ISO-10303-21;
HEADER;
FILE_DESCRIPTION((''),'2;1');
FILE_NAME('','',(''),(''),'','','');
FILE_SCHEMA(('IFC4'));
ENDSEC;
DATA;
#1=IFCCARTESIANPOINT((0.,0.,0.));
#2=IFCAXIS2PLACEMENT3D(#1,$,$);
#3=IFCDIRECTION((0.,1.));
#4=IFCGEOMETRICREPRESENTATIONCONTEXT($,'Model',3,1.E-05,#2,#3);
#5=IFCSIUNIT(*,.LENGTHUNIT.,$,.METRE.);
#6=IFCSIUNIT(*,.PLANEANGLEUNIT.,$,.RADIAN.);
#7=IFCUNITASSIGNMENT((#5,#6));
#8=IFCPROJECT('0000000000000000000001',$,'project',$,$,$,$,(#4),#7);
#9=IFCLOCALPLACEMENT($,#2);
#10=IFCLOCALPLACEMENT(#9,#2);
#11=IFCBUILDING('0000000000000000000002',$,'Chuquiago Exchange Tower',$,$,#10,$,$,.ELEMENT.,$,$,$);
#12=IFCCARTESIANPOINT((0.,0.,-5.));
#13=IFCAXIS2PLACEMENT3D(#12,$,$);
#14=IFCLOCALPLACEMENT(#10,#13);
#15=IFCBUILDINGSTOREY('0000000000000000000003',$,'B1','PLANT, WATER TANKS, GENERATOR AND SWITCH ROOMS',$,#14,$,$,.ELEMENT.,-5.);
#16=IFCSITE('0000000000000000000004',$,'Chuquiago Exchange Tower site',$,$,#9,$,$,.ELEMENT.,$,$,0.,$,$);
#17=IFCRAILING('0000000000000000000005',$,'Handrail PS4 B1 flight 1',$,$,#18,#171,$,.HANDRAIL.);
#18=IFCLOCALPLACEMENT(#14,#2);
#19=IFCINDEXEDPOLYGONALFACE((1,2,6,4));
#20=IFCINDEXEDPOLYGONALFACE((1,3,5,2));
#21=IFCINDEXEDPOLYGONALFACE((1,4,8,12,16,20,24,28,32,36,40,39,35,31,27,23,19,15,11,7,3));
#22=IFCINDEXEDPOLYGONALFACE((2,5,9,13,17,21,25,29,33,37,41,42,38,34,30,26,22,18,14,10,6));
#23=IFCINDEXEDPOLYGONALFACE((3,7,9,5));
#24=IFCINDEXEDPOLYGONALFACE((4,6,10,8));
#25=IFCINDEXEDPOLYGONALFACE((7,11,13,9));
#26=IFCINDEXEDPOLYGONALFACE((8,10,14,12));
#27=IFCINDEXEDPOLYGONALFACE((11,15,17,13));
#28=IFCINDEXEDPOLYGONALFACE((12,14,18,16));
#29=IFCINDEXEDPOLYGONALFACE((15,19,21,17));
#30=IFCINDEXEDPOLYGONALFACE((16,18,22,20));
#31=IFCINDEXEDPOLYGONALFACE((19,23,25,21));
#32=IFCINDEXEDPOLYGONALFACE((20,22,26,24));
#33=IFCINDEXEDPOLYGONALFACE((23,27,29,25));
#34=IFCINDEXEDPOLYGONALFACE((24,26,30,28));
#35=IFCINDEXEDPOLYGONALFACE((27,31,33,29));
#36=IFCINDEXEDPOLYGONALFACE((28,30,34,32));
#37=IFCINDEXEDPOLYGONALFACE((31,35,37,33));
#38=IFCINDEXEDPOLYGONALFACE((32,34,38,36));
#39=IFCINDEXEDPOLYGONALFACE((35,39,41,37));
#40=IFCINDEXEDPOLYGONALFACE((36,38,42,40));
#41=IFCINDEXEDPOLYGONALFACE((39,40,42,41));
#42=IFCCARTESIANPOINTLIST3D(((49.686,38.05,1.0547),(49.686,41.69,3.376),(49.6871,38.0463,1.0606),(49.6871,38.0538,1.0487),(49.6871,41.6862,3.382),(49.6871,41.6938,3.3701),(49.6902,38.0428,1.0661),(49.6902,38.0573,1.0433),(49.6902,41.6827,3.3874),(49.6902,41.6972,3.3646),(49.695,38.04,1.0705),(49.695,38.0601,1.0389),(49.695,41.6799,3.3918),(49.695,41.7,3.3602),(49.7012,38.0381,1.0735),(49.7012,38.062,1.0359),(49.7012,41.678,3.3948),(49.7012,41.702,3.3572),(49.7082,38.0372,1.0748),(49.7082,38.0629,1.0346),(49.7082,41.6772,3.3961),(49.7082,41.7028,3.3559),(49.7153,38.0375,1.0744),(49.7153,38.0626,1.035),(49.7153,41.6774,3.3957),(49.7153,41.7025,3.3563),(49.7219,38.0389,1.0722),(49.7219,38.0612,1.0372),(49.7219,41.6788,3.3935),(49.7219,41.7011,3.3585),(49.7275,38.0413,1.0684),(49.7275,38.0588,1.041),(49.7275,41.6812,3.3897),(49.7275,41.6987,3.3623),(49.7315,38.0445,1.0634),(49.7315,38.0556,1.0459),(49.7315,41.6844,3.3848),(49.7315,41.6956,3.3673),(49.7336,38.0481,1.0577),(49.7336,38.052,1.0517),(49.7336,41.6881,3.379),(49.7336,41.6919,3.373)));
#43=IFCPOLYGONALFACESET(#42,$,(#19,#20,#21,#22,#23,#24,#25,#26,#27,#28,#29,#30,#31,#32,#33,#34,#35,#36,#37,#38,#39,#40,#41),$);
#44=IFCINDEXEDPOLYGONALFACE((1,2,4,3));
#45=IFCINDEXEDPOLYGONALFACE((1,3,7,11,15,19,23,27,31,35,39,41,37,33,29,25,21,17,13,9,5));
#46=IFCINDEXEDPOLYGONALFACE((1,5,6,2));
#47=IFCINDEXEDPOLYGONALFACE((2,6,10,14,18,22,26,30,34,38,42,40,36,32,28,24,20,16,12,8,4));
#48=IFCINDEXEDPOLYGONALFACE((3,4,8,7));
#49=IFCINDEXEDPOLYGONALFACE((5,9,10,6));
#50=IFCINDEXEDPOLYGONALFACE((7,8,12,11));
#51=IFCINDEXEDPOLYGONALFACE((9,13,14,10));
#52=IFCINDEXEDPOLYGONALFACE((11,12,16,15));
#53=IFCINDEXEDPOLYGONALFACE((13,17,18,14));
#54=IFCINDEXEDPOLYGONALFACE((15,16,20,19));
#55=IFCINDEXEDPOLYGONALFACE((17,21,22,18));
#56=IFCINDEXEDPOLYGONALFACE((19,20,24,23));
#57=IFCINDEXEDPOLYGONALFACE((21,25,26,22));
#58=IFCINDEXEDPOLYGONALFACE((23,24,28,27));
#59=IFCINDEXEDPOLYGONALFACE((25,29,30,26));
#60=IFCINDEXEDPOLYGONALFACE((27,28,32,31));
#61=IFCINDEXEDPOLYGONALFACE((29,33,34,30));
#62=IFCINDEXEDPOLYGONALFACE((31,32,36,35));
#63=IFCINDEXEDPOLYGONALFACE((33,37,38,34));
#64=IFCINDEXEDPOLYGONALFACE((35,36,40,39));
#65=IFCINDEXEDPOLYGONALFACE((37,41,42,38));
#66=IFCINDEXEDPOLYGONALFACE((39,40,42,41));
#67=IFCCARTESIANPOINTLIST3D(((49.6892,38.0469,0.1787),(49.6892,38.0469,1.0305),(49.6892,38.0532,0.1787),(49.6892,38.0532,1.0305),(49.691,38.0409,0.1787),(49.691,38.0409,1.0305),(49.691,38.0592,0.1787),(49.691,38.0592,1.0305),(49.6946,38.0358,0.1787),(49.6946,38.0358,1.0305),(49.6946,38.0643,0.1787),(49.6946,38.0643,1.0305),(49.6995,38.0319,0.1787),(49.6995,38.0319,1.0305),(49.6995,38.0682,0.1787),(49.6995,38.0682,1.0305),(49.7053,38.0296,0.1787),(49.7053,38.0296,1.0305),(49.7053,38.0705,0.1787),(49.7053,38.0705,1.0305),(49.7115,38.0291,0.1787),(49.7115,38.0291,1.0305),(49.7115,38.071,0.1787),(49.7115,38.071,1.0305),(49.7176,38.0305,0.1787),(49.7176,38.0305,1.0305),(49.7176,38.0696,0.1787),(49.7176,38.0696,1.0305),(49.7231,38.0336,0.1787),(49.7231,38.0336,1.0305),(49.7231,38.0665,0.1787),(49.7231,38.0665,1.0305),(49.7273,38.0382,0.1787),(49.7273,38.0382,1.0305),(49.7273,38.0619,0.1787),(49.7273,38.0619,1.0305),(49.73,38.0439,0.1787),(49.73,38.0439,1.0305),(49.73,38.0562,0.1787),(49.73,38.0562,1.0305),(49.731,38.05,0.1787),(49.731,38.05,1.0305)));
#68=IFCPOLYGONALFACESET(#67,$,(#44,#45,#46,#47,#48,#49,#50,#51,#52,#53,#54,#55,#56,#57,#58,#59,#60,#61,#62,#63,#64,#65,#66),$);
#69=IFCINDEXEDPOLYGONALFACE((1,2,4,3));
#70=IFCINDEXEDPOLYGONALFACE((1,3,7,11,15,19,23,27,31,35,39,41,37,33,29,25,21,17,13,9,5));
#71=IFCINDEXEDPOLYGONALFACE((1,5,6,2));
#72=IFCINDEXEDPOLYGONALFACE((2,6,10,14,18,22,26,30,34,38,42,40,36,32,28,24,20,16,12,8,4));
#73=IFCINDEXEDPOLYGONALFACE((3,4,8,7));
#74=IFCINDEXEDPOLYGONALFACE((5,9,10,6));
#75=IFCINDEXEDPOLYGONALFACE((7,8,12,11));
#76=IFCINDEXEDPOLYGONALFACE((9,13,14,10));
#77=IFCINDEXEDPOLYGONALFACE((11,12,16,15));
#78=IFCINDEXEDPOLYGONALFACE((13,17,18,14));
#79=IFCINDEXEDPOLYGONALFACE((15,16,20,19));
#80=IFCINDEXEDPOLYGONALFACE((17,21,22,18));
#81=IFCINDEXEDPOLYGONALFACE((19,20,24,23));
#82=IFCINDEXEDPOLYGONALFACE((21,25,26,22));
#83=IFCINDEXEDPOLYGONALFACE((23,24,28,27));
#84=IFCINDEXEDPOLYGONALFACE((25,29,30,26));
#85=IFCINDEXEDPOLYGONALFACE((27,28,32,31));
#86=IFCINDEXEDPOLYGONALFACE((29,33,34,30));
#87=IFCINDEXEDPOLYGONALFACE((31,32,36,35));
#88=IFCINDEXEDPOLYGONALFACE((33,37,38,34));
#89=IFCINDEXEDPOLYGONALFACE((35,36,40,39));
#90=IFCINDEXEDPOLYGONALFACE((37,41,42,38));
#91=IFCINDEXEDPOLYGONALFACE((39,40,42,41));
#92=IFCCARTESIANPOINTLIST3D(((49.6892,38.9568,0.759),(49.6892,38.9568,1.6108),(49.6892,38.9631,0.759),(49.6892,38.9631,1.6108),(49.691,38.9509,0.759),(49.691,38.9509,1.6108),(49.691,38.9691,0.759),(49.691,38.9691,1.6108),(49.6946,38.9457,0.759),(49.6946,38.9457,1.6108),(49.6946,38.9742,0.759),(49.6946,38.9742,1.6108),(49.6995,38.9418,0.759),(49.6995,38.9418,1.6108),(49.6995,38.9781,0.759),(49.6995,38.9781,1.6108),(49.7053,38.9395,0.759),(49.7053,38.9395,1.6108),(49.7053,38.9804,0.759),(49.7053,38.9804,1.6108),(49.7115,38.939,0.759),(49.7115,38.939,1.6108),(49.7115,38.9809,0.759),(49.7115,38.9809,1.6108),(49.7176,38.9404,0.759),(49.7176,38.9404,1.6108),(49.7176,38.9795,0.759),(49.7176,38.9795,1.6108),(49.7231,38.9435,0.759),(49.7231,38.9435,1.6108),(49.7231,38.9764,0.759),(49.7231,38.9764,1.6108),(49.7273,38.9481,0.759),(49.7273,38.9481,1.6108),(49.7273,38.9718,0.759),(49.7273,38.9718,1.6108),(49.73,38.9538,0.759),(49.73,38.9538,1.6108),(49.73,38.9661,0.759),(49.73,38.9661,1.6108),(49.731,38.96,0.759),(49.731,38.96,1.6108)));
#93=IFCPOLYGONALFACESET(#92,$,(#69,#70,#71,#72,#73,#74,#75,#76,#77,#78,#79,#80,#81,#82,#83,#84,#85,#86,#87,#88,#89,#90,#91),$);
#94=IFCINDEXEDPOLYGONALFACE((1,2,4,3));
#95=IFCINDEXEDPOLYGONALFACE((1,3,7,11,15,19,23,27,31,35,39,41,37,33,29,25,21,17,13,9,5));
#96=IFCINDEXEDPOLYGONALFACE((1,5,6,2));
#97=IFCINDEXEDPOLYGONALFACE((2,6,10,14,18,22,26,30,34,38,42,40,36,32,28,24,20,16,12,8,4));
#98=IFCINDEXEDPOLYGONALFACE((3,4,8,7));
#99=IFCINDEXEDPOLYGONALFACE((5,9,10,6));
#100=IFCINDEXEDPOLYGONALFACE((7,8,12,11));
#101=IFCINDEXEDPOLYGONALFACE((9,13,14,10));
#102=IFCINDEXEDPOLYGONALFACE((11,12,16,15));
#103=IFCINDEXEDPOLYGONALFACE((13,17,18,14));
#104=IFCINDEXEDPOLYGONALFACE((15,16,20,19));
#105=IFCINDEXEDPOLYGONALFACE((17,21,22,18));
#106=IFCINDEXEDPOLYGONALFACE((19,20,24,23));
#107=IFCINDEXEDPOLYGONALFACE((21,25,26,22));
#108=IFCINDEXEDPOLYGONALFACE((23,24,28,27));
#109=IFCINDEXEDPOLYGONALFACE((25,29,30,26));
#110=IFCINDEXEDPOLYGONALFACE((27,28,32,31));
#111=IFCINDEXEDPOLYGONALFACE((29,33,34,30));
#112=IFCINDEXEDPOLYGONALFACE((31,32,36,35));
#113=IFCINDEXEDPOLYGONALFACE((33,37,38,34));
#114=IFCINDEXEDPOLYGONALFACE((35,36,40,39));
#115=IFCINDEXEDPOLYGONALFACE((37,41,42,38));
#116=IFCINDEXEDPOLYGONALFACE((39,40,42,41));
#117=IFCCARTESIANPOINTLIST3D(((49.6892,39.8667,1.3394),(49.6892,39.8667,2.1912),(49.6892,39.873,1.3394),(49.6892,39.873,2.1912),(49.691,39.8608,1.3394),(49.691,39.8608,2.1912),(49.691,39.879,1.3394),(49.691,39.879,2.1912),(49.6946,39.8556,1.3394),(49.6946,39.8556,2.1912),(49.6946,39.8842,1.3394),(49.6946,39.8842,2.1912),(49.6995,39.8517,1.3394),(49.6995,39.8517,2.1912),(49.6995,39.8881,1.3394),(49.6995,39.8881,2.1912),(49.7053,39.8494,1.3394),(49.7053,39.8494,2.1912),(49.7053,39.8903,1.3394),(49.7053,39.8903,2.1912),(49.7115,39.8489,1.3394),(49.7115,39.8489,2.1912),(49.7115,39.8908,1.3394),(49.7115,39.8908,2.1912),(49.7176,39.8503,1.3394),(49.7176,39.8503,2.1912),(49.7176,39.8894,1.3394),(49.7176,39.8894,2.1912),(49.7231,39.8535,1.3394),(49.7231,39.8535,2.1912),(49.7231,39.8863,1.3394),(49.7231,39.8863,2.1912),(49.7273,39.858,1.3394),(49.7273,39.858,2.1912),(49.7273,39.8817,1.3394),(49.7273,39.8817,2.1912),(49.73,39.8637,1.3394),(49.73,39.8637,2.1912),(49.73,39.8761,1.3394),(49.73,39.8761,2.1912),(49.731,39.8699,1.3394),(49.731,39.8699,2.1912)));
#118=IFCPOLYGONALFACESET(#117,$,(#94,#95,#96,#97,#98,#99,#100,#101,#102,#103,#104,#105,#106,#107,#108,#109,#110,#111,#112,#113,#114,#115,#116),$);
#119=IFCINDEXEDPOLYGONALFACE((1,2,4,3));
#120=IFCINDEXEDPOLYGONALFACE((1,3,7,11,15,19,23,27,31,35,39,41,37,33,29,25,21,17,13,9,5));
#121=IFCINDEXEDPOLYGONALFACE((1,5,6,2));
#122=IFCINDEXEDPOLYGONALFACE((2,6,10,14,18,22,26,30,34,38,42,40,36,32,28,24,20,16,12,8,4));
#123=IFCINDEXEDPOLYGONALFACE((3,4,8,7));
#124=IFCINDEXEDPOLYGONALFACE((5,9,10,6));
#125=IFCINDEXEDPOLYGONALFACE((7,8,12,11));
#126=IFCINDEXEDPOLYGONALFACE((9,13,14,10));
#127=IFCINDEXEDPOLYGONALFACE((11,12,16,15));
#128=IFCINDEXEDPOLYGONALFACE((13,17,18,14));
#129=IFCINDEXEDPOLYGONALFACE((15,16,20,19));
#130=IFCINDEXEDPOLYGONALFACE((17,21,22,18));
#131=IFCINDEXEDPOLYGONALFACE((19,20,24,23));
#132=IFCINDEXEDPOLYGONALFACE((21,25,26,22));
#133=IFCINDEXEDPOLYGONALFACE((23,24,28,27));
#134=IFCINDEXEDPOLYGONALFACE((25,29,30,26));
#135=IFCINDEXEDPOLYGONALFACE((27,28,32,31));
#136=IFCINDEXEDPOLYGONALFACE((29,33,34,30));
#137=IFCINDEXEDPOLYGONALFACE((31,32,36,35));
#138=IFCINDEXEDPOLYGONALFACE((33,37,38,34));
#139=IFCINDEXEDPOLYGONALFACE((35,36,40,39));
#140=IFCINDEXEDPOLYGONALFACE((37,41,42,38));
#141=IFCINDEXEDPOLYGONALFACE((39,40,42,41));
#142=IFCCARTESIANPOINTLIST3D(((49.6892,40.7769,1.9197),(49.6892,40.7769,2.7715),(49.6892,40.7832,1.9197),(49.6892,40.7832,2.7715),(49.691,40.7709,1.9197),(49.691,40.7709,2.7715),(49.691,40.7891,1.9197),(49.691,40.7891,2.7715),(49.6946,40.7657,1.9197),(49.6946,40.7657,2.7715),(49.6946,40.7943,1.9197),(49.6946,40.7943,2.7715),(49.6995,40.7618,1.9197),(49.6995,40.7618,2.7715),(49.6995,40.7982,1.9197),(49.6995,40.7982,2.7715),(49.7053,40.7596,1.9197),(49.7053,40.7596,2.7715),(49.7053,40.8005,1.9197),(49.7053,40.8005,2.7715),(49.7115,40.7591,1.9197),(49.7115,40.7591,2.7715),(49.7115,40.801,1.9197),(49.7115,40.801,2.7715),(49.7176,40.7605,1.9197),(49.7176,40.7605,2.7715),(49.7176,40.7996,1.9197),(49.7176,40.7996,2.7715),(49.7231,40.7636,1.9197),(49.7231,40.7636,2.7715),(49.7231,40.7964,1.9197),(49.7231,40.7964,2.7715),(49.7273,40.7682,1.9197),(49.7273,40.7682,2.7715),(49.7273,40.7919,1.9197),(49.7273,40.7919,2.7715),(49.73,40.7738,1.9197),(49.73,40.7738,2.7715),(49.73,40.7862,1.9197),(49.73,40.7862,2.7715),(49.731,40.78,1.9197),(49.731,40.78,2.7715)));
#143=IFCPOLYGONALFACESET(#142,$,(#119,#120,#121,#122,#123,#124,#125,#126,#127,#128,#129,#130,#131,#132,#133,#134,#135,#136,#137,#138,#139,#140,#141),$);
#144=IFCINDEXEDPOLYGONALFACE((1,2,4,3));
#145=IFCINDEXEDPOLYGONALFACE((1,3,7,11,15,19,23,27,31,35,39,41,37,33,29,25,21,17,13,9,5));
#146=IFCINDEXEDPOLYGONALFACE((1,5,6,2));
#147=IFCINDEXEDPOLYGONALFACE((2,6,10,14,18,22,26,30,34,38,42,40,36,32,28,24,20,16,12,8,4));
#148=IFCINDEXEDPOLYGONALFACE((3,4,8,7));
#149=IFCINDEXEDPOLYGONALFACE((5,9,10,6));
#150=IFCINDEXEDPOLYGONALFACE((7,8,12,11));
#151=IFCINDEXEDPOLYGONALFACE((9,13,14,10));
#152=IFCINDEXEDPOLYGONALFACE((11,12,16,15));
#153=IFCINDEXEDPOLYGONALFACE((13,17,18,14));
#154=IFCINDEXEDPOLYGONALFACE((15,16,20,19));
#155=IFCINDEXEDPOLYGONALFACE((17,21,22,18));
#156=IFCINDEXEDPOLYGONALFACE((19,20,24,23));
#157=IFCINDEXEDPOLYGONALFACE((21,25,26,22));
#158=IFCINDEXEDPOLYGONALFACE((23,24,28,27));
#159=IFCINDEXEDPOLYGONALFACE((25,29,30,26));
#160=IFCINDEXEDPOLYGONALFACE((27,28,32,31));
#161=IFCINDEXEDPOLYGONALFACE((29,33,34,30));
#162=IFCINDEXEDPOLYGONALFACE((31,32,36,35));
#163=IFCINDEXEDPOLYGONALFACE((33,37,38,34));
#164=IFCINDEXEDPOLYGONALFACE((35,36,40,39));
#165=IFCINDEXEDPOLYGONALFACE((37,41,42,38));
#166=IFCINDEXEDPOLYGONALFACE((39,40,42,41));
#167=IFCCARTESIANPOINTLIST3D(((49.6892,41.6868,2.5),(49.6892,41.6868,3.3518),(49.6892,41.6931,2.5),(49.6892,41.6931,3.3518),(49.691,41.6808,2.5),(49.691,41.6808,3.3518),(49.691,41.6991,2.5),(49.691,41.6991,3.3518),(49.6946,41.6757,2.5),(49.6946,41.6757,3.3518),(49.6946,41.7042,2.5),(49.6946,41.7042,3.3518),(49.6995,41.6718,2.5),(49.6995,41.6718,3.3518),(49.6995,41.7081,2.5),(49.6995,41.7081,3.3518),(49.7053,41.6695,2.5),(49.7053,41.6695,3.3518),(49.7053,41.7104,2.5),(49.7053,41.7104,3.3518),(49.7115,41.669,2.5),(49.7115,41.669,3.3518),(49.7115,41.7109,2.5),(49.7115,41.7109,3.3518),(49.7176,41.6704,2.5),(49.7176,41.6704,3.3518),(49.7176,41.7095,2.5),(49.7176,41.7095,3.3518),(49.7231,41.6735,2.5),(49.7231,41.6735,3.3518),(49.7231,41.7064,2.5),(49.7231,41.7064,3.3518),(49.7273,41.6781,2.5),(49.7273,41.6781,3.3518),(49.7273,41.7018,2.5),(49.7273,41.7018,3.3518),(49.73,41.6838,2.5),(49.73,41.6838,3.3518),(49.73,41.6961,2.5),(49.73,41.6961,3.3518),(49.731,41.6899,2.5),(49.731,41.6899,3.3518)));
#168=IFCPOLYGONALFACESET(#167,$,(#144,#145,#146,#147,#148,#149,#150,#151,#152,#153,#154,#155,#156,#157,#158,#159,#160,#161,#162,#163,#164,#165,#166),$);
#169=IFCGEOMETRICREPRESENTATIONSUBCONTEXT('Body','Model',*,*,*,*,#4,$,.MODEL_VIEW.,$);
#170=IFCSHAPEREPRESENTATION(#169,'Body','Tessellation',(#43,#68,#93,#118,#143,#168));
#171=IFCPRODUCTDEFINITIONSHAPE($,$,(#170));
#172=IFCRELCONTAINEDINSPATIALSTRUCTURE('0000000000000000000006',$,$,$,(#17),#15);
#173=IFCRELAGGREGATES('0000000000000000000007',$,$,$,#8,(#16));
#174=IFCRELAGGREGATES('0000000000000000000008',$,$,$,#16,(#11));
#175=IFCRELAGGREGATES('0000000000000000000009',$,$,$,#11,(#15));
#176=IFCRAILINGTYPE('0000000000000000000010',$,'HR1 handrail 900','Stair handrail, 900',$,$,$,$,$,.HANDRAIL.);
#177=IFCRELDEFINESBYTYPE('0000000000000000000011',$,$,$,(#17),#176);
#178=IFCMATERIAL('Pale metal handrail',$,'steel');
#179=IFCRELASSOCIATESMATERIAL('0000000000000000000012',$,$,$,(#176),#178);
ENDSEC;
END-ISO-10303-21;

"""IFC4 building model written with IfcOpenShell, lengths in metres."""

from ifc_helpers import new_model, si_unit, direction, frame, origin, origin_2d, place, context, subcontext, project, spatial, circle, extrude, material, type_object, element, save


model = new_model("IFC4")

# Units and contexts
model_context = context("Model", 3, precision=1e-05, world=origin(), true_north=direction((0.0, 1.0)))
body_context = subcontext(model_context, "Body", "Model", "MODEL_VIEW")
ifc_project = project(units=[si_unit("LENGTHUNIT", "METRE"), si_unit("PLANEANGLEUNIT", "RADIAN")], contexts=[model_context])

# Site, building, storey
site_placement = place(None, origin())
site = spatial("IfcSite", under=ifc_project, at=site_placement, Name="Chuquiago Exchange Tower site", CompositionType="ELEMENT", RefElevation=0.0)
building_placement = place(site_placement, origin())
building = spatial("IfcBuilding", under=site, at=building_placement, Name="Chuquiago Exchange Tower", CompositionType="ELEMENT")
storey_placement = place(building_placement, frame((0.0, 0.0, -5.0)))
storey = spatial("IfcBuildingStorey", under=building, at=storey_placement, Name="B1", Description="PLANT, WATER TANKS, GENERATOR AND SWITCH ROOMS", CompositionType="ELEMENT", Elevation=-5.0)

# Railing
ifc_material_1 = material(Name="Pale metal handrail", Category="steel")
railing_type = type_object("IfcRailingType", Name="HR1 handrail 900", Description="Stair handrail, 900", PredefinedType="HANDRAIL", material=ifc_material_1)
for number, where, name in (
    (1, (49.71, 38.05, 0.1787), "Handrail PS4 B1 flight 1"),
):
    element("IfcRailing", number, at=place(storey_placement, frame(where)), inside=storey, type_object=railing_type, Name=name, PredefinedType="HANDRAIL", context=body_context, shape_type="SweptSolid", body=[
        extrude(circle(Radius=0.0239, at=origin_2d()), frame((0.0, 0.0, 0.876), z_axis=(0.0, 0.843137, 0.537699), x_axis=(-1.0, 0.0, 0.0)), (0.0, 0.0, 1.0), 4.3171),
        extrude(circle(Radius=0.021, at=origin_2d()), origin(), (0.0, 0.0, 1.0), 0.8518),
        extrude(circle(Radius=0.021, at=origin_2d()), frame((0.0, 0.9099, 0.5803)), (0.0, 0.0, 1.0), 0.8518),
        extrude(circle(Radius=0.021, at=origin_2d()), frame((0.0, 1.8198, 1.1606)), (0.0, 0.0, 1.0), 0.8518),
        extrude(circle(Radius=0.021, at=origin_2d()), frame((0.0, 2.73, 1.741)), (0.0, 0.0, 1.0), 0.8518),
        extrude(circle(Radius=0.021, at=origin_2d()), frame((0.0, 3.6399, 2.3213)), (0.0, 0.0, 1.0), 0.8518),
    ])

save(model, "model.ifc")
